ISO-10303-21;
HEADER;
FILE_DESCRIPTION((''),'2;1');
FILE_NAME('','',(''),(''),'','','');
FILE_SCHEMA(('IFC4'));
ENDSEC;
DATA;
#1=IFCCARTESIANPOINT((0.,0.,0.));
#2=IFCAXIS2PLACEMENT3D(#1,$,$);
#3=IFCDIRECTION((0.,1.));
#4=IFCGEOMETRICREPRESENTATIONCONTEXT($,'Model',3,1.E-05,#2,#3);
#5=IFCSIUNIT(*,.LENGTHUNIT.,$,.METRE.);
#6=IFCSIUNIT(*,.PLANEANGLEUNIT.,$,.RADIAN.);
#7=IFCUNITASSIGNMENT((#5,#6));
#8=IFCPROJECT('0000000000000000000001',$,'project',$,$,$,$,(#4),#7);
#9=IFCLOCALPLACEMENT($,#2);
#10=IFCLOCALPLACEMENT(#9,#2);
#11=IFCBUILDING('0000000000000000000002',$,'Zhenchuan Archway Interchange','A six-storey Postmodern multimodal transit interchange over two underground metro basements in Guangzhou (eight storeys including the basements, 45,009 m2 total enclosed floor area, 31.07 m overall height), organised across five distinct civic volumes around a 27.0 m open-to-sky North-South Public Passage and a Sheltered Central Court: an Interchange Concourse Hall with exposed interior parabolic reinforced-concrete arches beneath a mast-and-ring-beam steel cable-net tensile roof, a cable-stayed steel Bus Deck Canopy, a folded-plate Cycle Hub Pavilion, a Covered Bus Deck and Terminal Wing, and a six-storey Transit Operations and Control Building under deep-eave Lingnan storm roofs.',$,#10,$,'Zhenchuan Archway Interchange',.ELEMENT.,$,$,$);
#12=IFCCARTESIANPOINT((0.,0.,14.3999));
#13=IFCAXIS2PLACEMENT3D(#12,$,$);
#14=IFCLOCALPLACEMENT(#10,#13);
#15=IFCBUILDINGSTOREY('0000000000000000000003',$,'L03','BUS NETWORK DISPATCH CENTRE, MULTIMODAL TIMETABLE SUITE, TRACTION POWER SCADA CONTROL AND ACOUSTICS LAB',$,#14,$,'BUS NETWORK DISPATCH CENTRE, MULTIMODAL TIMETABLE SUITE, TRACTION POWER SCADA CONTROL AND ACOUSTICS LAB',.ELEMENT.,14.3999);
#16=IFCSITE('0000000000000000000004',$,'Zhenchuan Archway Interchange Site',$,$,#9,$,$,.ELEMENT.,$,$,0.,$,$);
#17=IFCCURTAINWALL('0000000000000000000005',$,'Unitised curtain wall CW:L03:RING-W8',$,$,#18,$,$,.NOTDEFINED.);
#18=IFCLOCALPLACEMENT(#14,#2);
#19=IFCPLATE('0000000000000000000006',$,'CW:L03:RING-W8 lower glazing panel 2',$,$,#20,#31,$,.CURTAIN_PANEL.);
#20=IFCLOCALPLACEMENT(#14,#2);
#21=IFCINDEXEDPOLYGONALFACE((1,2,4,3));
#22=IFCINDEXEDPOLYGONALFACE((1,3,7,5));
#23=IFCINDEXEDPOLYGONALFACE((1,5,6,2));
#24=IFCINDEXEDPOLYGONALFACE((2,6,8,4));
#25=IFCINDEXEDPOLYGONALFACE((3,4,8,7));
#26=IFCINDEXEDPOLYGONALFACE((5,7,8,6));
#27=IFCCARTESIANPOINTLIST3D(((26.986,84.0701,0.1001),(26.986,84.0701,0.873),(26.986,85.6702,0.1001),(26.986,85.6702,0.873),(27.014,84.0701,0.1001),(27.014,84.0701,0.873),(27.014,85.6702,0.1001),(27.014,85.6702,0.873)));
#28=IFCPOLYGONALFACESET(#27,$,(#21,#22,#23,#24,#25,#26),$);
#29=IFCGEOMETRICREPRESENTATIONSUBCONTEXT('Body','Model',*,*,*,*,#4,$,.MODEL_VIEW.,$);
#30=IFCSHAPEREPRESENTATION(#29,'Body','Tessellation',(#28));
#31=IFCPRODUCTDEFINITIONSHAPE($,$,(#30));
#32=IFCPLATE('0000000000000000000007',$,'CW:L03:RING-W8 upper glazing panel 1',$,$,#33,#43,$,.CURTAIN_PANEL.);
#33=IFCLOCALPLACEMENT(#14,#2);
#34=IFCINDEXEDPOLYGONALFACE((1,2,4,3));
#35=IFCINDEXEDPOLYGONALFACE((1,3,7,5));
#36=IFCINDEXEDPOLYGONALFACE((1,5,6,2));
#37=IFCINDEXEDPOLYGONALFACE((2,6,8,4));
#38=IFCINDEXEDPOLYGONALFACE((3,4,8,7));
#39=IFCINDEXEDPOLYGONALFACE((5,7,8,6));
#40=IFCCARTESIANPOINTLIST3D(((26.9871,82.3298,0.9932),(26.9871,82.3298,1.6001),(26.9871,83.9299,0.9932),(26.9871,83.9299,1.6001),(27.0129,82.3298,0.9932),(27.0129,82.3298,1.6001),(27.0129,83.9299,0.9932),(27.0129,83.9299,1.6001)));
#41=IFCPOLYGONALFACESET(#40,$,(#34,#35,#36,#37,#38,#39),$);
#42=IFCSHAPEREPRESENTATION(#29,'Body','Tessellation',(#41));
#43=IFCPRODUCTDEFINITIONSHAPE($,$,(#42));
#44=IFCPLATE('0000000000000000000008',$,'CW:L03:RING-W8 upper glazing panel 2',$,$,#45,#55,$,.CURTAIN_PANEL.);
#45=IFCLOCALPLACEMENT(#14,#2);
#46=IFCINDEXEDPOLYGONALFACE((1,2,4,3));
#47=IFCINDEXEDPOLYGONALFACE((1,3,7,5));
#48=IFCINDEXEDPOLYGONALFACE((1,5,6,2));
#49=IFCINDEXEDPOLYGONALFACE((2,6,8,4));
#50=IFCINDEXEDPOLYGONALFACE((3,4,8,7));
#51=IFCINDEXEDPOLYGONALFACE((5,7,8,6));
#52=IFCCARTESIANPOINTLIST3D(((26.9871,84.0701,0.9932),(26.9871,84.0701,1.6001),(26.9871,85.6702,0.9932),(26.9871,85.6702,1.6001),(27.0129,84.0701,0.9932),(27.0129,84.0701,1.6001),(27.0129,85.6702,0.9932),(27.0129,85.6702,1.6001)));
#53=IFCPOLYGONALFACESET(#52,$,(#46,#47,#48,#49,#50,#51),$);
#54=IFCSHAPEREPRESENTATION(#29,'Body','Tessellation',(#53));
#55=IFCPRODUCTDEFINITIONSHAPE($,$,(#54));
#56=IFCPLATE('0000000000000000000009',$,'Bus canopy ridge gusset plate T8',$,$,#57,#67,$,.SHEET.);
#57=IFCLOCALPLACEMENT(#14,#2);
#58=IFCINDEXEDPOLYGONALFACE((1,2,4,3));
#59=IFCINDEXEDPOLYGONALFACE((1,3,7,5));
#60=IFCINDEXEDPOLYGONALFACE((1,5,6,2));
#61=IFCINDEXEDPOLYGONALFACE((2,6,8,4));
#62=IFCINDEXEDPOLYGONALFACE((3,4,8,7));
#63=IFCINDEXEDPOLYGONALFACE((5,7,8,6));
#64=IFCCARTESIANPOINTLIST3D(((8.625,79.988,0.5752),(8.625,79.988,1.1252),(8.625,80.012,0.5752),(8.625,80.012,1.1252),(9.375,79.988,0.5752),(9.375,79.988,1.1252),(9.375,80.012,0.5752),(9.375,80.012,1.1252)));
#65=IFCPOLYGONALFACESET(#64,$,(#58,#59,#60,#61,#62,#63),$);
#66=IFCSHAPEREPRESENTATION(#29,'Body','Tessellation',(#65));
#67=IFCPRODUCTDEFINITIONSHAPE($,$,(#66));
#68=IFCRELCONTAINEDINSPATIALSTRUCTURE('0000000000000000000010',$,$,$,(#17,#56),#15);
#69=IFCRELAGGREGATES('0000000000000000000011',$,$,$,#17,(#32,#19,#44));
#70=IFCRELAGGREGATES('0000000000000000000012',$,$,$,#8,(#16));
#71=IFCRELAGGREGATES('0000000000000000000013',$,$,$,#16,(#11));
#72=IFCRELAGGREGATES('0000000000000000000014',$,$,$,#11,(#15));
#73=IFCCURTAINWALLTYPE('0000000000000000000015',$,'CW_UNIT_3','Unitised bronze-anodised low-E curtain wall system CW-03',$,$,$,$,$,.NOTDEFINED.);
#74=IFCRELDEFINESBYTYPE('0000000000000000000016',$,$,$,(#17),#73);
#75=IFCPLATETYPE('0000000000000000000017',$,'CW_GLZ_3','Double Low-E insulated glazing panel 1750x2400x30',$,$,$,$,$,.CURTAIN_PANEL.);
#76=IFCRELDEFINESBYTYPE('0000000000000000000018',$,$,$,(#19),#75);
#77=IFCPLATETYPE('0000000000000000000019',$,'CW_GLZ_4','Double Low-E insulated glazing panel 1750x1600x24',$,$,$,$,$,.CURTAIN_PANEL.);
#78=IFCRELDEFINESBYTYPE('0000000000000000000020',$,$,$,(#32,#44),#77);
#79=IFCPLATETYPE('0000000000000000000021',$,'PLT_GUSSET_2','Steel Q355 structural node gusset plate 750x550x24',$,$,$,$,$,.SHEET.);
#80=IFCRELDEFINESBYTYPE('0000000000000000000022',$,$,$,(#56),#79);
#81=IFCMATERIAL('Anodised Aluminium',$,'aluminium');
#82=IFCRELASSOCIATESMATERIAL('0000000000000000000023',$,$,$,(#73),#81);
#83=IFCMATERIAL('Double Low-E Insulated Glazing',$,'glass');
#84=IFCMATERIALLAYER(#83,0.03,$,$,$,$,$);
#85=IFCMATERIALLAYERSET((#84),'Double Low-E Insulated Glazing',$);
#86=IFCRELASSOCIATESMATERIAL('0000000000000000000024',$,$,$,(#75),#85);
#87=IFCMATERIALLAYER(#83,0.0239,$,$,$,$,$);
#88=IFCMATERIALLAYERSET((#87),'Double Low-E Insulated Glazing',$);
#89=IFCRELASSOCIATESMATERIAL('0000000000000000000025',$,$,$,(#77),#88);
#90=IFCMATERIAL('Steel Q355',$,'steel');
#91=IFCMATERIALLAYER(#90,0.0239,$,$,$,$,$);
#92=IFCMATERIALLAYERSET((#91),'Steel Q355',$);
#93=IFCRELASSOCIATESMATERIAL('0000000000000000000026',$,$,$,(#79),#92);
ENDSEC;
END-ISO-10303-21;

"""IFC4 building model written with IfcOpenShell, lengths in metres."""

from ifc_helpers import new_model, si_unit, direction, frame, origin, origin_2d, place, context, subcontext, project, spatial, rectangle, extrude, material, layer, layer_set, type_object, element, aggregate, save


model = new_model("IFC4")

# Units and contexts
model_context = context("Model", 3, precision=1e-05, world=origin(), true_north=direction((0.0, 1.0)))
body_context = subcontext(model_context, "Body", "Model", "MODEL_VIEW")
ifc_project = project(units=[si_unit("LENGTHUNIT", "METRE"), si_unit("PLANEANGLEUNIT", "RADIAN")], contexts=[model_context])

# Site, building, storey
site_placement = place(None, origin())
site = spatial("IfcSite", under=ifc_project, at=site_placement, Name="Zhenchuan Archway Interchange Site", CompositionType="ELEMENT", RefElevation=0.0)
building_placement = place(site_placement, origin())
building = spatial("IfcBuilding", under=site, at=building_placement, Name="Zhenchuan Archway Interchange", Description="A six-storey Postmodern multimodal transit interchange over two underground metro basements in Guangzhou (eight storeys including the basements, 45,009 m2 total enclosed floor area, 31.07 m overall height), organised across five distinct civic volumes around a 27.0 m open-to-sky North-South Public Passage and a Sheltered Central Court: an Interchange Concourse Hall with exposed interior parabolic reinforced-concrete arches beneath a mast-and-ring-beam steel cable-net tensile roof, a cable-stayed steel Bus Deck Canopy, a folded-plate Cycle Hub Pavilion, a Covered Bus Deck and Terminal Wing, and a six-storey Transit Operations and Control Building under deep-eave Lingnan storm roofs.", LongName="Zhenchuan Archway Interchange", CompositionType="ELEMENT")
storey_placement = place(building_placement, frame((0.0, 0.0, 14.3999)))
storey = spatial("IfcBuildingStorey", under=building, at=storey_placement, Name="L03", Description="BUS NETWORK DISPATCH CENTRE, MULTIMODAL TIMETABLE SUITE, TRACTION POWER SCADA CONTROL AND ACOUSTICS LAB", LongName="BUS NETWORK DISPATCH CENTRE, MULTIMODAL TIMETABLE SUITE, TRACTION POWER SCADA CONTROL AND ACOUSTICS LAB", CompositionType="ELEMENT", Elevation=14.3999)

# Shared definitions
ifc_material_1 = material(Name="Steel Q355", Category="steel")

# Curtain wall
ifc_material_2 = material(Name="Anodised Aluminium", Category="aluminium")
curtain_wall_type = type_object("IfcCurtainWallType", Name="CW_UNIT_3", Description="Unitised bronze-anodised low-E curtain wall system CW-03", PredefinedType="NOTDEFINED", material=ifc_material_2)
curtain_wall_placement = place(storey_placement, origin())
curtain_wall = element("IfcCurtainWall", 1, at=curtain_wall_placement, inside=storey, type_object=curtain_wall_type, Name="Unitised curtain wall CW:L03:RING-W8", PredefinedType="NOTDEFINED")

# Plates
ifc_material_3 = material(Name="Double Low-E Insulated Glazing", Category="glass")
ifc_layer_1 = layer(ifc_material_3, 0.03)
ifc_layer_set_1 = layer_set([ifc_layer_1], Name="Double Low-E Insulated Glazing")
plate_type_1 = type_object("IfcPlateType", Name="CW_GLZ_3", Description="Double Low-E insulated glazing panel 1750x2400x30", PredefinedType="CURTAIN_PANEL", material=ifc_layer_set_1)
plate_1_placement = place(storey_placement, frame((27.0, 84.8701, 0.1001), z_axis=(0.0, 0.0, 1.0), x_axis=(0.0, 1.0, 0.0)))
plate_1 = element("IfcPlate", 2, at=plate_1_placement, type_object=plate_type_1, Name="CW:L03:RING-W8 lower glazing panel 2", PredefinedType="CURTAIN_PANEL", context=body_context, shape_type="SweptSolid", body=[
    extrude(rectangle(XDim=1.6001, YDim=0.0281, at=origin_2d()), origin(), (0.0, 0.0, 1.0), 0.7729),
])
ifc_layer_2 = layer(ifc_material_3, 0.0239)
ifc_layer_set_2 = layer_set([ifc_layer_2], Name="Double Low-E Insulated Glazing")
plate_type_2 = type_object("IfcPlateType", Name="CW_GLZ_4", Description="Double Low-E insulated glazing panel 1750x1600x24", PredefinedType="CURTAIN_PANEL", material=ifc_layer_set_2)
plate_2_placement = place(storey_placement, frame((27.0, 83.1299, 0.9932), z_axis=(0.0, 0.0, 1.0), x_axis=(0.0, 1.0, 0.0)))
plate_2 = element("IfcPlate", 3, at=plate_2_placement, type_object=plate_type_2, Name="CW:L03:RING-W8 upper glazing panel 1", PredefinedType="CURTAIN_PANEL", context=body_context, shape_type="SweptSolid", body=[
    extrude(rectangle(XDim=1.6001, YDim=0.0259, at=origin_2d()), origin(), (0.0, 0.0, 1.0), 0.6069),
])
plate_3_placement = place(storey_placement, frame((27.0, 84.8701, 0.9932), z_axis=(0.0, 0.0, 1.0), x_axis=(0.0, 1.0, 0.0)))
plate_3 = element("IfcPlate", 4, at=plate_3_placement, type_object=plate_type_2, Name="CW:L03:RING-W8 upper glazing panel 2", PredefinedType="CURTAIN_PANEL", context=body_context, shape_type="SweptSolid", body=[
    extrude(rectangle(XDim=1.6001, YDim=0.0259, at=origin_2d()), origin(), (0.0, 0.0, 1.0), 0.6069),
])
aggregate(curtain_wall, [plate_2, plate_1, plate_3])
ifc_layer_3 = layer(ifc_material_1, 0.0239)
ifc_layer_set_3 = layer_set([ifc_layer_3], Name="Steel Q355")
plate_type_3 = type_object("IfcPlateType", Name="PLT_GUSSET_2", Description="Steel Q355 structural node gusset plate 750x550x24", PredefinedType="SHEET", material=ifc_layer_set_3)
plate_4_placement = place(storey_placement, frame((9.0, 80.0, 0.5752), z_axis=(0.0, 0.0, 1.0), x_axis=(1.0, 0.0, 0.0)))
element("IfcPlate", 5, at=plate_4_placement, inside=storey, type_object=plate_type_3, Name="Bus canopy ridge gusset plate T8", PredefinedType="SHEET", context=body_context, shape_type="SweptSolid", body=[
    extrude(rectangle(XDim=0.75, YDim=0.0239, at=origin_2d()), origin(), (0.0, 0.0, 1.0), 0.55),
])

save(model, "model.ifc")
